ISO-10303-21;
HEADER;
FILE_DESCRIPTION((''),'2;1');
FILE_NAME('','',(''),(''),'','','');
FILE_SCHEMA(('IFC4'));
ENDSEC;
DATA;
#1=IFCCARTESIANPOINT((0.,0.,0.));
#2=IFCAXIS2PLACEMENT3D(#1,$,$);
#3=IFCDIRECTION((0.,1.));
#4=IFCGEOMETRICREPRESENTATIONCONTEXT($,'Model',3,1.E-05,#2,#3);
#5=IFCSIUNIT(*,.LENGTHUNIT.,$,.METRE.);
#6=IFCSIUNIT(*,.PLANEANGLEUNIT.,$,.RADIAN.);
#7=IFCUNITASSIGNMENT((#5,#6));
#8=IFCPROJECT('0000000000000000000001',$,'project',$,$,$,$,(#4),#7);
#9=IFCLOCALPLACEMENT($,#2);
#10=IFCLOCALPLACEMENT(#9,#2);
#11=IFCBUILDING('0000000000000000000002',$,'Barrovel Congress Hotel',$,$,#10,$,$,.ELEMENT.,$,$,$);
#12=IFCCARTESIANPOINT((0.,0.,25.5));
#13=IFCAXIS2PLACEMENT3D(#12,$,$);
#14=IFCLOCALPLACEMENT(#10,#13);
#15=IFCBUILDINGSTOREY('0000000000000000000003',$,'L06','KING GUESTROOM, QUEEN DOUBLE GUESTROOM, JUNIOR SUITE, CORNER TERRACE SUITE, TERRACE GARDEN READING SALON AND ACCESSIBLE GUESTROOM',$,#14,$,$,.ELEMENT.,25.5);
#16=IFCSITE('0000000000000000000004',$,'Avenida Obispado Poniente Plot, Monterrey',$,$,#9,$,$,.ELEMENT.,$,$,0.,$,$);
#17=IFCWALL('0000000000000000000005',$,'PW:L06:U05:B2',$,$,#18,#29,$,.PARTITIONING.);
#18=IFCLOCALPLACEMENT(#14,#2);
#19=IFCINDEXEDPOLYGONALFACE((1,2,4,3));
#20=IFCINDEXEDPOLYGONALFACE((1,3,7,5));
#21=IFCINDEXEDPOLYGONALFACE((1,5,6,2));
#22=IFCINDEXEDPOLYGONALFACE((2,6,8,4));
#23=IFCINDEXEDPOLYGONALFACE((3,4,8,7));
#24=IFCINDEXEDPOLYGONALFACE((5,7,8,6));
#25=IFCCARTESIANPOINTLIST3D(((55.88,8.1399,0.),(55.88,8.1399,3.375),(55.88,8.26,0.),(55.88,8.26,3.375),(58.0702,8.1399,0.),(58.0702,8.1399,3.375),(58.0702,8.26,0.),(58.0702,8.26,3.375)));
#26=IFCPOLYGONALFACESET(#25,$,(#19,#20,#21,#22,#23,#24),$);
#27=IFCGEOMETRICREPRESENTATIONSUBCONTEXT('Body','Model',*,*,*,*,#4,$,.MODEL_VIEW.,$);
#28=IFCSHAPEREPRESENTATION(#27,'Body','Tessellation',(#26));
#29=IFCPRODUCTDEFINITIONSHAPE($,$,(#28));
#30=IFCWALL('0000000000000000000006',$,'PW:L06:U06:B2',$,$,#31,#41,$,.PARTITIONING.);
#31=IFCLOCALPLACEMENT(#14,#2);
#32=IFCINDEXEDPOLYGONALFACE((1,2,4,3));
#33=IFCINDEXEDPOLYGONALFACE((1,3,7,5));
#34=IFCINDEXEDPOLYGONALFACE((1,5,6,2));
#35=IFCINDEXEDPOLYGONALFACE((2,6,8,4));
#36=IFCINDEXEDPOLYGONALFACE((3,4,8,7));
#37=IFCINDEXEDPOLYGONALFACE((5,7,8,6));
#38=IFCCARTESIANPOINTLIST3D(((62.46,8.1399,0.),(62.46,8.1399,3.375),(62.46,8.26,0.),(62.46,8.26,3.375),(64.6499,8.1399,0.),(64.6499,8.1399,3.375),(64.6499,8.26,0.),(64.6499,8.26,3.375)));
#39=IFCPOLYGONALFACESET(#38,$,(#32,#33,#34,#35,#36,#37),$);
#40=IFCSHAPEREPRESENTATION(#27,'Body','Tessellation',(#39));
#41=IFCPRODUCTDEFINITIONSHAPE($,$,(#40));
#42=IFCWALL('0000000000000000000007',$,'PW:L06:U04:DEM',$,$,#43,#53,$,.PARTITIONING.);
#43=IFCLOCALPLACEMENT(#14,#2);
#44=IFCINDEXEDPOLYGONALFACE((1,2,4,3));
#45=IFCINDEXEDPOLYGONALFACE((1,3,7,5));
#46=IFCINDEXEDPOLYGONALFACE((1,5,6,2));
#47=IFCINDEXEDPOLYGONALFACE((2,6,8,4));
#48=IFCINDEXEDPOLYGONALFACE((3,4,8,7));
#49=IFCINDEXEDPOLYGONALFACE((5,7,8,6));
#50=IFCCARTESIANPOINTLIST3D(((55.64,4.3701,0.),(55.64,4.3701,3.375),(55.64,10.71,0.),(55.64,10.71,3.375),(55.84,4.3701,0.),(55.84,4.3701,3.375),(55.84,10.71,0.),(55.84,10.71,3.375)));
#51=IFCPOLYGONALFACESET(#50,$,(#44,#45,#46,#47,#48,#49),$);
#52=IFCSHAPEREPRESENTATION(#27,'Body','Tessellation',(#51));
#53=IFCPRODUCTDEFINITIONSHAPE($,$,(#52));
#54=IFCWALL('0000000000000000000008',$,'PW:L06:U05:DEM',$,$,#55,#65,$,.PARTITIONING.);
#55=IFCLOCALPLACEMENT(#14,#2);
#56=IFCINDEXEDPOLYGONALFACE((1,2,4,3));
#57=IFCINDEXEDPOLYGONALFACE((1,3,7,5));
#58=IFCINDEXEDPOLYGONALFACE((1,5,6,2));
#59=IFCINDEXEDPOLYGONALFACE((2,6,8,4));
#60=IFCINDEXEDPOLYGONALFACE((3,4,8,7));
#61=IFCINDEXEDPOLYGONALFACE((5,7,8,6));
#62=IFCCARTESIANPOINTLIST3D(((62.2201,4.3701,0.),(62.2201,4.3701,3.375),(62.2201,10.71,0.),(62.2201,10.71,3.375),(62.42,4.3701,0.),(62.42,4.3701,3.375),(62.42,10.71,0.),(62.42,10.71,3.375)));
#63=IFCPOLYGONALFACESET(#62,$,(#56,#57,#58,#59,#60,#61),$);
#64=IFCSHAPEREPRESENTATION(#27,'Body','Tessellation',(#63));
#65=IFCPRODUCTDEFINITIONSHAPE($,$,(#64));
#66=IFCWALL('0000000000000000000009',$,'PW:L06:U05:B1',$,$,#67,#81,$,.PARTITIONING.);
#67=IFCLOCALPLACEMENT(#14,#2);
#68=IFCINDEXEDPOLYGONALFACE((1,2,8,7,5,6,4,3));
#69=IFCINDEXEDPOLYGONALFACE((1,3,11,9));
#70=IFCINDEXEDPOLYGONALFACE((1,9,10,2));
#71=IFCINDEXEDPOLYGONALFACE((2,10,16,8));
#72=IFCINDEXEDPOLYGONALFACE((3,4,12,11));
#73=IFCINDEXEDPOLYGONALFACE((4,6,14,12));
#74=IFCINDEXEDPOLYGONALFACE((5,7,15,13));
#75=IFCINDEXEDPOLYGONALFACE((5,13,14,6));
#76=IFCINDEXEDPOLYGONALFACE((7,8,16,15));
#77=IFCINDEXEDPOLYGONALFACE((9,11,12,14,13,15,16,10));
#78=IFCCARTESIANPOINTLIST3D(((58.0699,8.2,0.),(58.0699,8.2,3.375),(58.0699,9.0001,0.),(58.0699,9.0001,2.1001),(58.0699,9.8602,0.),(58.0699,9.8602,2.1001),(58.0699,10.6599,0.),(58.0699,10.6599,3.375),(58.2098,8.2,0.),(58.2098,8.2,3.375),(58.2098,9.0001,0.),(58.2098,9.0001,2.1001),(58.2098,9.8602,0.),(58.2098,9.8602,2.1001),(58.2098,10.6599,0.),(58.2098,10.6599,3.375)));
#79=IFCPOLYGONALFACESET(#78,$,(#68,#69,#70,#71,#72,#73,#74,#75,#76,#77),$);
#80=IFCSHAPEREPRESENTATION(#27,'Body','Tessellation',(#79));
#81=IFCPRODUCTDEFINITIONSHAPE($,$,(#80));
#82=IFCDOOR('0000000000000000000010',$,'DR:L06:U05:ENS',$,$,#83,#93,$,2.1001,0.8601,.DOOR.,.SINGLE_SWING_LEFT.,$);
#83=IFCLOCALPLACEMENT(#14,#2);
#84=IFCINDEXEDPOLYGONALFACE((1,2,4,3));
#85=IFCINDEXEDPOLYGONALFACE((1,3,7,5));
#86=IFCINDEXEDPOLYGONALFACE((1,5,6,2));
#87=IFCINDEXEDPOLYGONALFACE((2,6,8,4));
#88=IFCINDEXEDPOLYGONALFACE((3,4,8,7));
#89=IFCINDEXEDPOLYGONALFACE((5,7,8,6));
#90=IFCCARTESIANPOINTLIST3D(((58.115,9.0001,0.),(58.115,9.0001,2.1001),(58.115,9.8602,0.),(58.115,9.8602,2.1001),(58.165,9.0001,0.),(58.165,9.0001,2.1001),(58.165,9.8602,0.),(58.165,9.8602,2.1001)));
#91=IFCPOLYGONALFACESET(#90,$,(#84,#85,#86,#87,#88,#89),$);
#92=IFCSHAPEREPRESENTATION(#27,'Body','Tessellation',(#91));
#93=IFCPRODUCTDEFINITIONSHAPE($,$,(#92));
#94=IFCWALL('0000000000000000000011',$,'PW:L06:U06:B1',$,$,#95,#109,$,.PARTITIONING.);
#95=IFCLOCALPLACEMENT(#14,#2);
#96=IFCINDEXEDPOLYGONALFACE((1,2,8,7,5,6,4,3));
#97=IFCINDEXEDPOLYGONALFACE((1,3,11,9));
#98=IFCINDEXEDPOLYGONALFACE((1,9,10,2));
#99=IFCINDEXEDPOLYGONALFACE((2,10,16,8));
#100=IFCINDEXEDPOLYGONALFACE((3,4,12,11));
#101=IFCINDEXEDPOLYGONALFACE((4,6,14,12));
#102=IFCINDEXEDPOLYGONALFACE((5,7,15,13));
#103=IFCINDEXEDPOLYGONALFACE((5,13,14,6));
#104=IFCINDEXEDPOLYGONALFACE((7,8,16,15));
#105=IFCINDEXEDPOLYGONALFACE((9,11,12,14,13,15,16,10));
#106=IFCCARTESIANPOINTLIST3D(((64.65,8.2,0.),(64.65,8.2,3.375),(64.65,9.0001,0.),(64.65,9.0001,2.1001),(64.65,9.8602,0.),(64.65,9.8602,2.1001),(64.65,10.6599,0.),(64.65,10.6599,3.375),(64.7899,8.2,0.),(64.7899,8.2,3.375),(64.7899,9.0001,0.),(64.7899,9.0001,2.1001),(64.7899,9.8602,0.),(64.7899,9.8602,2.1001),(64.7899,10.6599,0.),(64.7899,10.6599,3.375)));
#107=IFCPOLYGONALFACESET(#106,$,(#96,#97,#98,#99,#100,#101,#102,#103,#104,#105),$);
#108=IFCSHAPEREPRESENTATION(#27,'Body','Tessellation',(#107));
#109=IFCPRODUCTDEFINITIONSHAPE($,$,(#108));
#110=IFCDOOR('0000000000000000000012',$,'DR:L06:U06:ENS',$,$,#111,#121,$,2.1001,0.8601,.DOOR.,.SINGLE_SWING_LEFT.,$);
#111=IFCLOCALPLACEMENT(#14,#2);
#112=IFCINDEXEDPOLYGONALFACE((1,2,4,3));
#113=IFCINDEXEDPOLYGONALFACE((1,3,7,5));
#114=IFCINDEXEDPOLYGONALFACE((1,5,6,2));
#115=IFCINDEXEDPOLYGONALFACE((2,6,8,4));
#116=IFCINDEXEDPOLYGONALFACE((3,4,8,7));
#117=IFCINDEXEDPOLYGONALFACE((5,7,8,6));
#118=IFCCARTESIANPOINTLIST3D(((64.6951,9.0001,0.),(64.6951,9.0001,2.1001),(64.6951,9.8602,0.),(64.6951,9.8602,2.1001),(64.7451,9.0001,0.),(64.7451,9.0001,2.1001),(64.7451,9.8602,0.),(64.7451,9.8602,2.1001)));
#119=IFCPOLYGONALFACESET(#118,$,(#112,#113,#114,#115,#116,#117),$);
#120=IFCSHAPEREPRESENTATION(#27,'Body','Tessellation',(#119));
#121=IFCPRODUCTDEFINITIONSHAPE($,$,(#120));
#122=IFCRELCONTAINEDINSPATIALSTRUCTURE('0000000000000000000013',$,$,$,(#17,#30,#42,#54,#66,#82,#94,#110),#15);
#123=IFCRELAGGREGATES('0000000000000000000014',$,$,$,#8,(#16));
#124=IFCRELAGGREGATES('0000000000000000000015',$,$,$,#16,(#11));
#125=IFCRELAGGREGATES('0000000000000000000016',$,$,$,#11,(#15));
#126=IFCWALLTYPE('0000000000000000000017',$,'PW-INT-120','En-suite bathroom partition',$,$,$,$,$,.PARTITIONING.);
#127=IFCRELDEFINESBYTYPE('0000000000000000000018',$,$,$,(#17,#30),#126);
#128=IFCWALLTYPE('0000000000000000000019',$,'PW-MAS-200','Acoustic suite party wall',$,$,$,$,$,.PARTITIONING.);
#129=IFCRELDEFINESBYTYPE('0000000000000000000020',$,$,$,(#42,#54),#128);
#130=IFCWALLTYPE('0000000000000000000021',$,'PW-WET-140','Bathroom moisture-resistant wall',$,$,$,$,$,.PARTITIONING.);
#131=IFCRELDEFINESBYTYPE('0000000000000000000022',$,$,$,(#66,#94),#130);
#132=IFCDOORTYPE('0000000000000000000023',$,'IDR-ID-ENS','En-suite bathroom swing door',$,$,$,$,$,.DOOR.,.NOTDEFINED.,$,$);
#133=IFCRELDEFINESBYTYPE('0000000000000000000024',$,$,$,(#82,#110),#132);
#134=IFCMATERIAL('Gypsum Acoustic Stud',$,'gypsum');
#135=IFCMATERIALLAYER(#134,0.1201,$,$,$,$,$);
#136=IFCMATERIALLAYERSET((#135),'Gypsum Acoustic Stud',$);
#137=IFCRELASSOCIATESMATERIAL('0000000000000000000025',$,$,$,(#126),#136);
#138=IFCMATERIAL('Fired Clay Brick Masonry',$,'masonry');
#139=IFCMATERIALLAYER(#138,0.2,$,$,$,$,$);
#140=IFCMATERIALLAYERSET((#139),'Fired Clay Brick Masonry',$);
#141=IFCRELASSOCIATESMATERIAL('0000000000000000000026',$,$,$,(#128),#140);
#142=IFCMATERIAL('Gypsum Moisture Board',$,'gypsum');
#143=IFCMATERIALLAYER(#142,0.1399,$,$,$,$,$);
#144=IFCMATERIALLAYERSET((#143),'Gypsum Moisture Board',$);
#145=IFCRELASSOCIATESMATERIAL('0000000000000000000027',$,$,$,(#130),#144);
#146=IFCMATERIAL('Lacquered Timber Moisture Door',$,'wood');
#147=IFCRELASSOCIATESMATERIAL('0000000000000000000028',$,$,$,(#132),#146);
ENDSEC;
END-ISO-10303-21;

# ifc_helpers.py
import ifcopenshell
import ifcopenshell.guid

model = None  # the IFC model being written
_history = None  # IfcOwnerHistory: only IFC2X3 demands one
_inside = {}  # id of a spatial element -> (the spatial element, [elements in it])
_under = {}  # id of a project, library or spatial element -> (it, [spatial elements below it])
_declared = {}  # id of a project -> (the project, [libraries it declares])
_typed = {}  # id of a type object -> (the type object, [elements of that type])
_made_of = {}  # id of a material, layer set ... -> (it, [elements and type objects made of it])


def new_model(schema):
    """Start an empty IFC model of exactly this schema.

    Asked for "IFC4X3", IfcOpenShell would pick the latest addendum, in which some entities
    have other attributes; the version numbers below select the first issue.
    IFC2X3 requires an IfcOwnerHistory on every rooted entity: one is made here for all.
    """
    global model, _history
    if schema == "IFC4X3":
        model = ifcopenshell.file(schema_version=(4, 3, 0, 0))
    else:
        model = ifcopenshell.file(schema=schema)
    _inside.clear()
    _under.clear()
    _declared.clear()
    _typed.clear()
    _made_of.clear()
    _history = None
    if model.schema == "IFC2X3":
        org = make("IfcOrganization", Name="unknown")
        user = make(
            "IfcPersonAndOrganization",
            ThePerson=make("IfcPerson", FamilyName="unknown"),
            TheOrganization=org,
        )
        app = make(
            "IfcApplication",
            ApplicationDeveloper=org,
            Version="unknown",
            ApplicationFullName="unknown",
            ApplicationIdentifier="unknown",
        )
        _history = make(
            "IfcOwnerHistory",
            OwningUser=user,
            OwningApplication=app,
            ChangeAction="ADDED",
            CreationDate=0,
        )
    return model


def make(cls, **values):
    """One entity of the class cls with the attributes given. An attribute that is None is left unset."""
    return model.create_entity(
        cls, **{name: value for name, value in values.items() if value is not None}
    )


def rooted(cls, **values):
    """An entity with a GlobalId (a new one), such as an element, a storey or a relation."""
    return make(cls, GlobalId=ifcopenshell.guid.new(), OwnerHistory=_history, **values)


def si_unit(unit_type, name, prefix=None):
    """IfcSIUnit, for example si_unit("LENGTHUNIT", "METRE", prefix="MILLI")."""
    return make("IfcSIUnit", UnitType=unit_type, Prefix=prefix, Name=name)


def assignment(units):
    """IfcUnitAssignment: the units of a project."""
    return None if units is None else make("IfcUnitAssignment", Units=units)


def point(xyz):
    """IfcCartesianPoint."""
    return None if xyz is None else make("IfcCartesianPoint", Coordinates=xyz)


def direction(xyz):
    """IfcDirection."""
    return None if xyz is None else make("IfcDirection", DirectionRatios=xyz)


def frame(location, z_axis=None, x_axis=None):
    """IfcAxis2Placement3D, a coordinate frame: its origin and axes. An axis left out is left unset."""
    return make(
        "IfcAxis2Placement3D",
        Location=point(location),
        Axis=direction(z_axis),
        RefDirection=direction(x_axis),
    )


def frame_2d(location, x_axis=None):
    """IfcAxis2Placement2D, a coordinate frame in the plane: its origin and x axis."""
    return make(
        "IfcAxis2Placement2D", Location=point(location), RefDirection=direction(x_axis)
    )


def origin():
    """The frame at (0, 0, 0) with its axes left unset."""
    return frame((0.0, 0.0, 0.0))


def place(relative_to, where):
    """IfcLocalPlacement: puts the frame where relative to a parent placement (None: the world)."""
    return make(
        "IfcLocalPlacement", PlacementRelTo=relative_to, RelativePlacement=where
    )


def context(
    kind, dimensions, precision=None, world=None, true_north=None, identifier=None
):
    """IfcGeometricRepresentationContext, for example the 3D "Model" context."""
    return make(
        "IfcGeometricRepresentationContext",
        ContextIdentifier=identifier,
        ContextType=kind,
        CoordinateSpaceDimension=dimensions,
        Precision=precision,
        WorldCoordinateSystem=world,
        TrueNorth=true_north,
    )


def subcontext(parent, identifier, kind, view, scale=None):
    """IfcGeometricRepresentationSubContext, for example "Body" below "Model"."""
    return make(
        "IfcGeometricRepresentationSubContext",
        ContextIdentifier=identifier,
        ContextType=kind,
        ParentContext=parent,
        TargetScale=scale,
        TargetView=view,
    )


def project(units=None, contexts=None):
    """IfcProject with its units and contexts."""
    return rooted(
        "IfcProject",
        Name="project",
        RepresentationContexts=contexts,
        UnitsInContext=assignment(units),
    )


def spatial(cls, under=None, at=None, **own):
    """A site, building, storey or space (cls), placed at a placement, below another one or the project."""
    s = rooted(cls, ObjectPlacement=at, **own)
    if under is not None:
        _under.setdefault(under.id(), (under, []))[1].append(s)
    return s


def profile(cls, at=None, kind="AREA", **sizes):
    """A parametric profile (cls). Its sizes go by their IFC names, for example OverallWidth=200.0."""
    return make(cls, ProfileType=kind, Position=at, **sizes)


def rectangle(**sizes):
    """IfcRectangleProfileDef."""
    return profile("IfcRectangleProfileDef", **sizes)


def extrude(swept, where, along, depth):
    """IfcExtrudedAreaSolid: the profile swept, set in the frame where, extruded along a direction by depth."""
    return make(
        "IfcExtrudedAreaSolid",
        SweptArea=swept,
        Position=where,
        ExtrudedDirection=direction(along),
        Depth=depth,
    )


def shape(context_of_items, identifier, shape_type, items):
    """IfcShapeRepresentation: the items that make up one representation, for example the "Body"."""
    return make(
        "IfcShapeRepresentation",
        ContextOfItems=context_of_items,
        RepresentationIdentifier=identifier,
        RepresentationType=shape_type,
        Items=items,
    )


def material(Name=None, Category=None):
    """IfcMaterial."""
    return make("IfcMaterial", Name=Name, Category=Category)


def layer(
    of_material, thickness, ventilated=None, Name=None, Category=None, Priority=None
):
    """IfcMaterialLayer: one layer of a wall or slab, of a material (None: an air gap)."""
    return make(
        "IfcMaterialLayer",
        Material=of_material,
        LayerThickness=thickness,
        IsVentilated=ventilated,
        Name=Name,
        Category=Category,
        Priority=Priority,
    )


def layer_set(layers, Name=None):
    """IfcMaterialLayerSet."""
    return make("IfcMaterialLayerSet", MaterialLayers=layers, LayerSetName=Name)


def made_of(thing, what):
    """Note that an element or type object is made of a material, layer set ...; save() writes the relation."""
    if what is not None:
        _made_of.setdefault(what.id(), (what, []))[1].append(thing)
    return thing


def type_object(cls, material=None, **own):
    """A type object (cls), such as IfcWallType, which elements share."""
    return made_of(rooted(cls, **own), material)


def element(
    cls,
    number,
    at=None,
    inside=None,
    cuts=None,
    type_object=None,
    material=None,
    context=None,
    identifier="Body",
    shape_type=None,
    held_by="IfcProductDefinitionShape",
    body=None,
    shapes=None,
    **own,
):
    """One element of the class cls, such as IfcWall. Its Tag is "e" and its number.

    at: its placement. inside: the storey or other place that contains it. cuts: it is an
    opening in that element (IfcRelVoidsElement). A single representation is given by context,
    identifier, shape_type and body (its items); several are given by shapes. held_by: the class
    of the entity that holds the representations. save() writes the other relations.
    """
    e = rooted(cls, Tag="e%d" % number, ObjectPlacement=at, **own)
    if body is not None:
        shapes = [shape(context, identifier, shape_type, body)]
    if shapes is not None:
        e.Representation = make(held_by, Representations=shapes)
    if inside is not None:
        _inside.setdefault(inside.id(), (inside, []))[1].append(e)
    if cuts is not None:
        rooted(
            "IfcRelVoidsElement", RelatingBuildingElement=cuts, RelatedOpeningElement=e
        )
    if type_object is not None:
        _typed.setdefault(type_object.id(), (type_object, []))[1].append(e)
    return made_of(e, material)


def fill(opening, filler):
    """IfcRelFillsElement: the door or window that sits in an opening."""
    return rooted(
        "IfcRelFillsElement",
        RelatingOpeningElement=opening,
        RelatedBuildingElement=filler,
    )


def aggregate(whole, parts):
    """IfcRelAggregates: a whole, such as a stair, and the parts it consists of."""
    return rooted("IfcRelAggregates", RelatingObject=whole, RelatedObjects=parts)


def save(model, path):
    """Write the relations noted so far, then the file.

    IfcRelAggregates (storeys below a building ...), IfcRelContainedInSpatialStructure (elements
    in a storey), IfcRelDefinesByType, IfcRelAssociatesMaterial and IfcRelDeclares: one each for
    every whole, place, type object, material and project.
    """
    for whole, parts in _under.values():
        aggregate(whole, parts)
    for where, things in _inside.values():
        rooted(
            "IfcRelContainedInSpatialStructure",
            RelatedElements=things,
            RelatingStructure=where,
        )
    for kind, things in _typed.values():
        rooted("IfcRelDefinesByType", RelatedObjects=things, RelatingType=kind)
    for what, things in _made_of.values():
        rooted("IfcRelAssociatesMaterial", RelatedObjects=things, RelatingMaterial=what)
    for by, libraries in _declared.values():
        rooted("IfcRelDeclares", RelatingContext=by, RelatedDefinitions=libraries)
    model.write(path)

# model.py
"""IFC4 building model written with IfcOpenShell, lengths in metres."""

from ifc_helpers import new_model, si_unit, direction, frame, frame_2d, origin, place, context, subcontext, project, spatial, rectangle, extrude, material, layer, layer_set, type_object, element, fill, save


model = new_model("IFC4")

# Units and contexts
model_context = context("Model", 3, precision=1e-05, world=origin(), true_north=direction((0.0, 1.0)))
body_context = subcontext(model_context, "Body", "Model", "MODEL_VIEW")
ifc_project = project(units=[si_unit("LENGTHUNIT", "METRE"), si_unit("PLANEANGLEUNIT", "RADIAN")], contexts=[model_context])

# Site, building, storey
site_placement = place(None, origin())
site = spatial("IfcSite", under=ifc_project, at=site_placement, Name="Avenida Obispado Poniente Plot, Monterrey", CompositionType="ELEMENT", RefElevation=0.0)
building_placement = place(site_placement, origin())
building = spatial("IfcBuilding", under=site, at=building_placement, Name="Barrovel Congress Hotel", CompositionType="ELEMENT")
storey_placement = place(building_placement, frame((0.0, 0.0, 25.5)))
storey = spatial("IfcBuildingStorey", under=building, at=storey_placement, Name="L06", Description="KING GUESTROOM, QUEEN DOUBLE GUESTROOM, JUNIOR SUITE, CORNER TERRACE SUITE, TERRACE GARDEN READING SALON AND ACCESSIBLE GUESTROOM", CompositionType="ELEMENT", Elevation=25.5)

# Shared definitions
ifc_material_1 = material(Name="Fired Clay Brick Masonry", Category="masonry")

# Shared definitions
ifc_material_2 = material(Name="Gypsum Acoustic Stud", Category="gypsum")

# Walls
ifc_layer_1 = layer(ifc_material_2, 0.1201)
ifc_layer_set_1 = layer_set([ifc_layer_1], Name="Gypsum Acoustic Stud")
wall_type_1 = type_object("IfcWallType", Name="PW-INT-120", Description="En-suite bathroom partition", PredefinedType="PARTITIONING", material=ifc_layer_set_1)
wall_1_placement = place(storey_placement, frame((55.8799, 8.2, 0.0), z_axis=(0.0, 0.0, 1.0), x_axis=(1.0, 0.0, 0.0)))
element("IfcWall", 1, at=wall_1_placement, inside=storey, type_object=wall_type_1, Name="PW:L06:U05:B2", PredefinedType="PARTITIONING", context=body_context, shape_type="SweptSolid", body=[
    extrude(rectangle(XDim=2.1902, YDim=0.1201, at=frame_2d((1.0952, 0.0))), origin(), (0.0, 0.0, 1.0), 3.375),
])
wall_2_placement = place(storey_placement, frame((62.46, 8.2, 0.0), z_axis=(0.0, 0.0, 1.0), x_axis=(1.0, 0.0, 0.0)))
element("IfcWall", 2, at=wall_2_placement, inside=storey, type_object=wall_type_1, Name="PW:L06:U06:B2", PredefinedType="PARTITIONING", context=body_context, shape_type="SweptSolid", body=[
    extrude(rectangle(XDim=2.1899, YDim=0.1201, at=frame_2d((1.095, 0.0))), origin(), (0.0, 0.0, 1.0), 3.375),
])
ifc_layer_2 = layer(ifc_material_1, 0.2)
ifc_layer_set_2 = layer_set([ifc_layer_2], Name="Fired Clay Brick Masonry")
wall_type_2 = type_object("IfcWallType", Name="PW-MAS-200", Description="Acoustic suite party wall", PredefinedType="PARTITIONING", material=ifc_layer_set_2)
for number, where, z_axis, x_axis, name in (
    (3, (55.74, 4.3701, 0.0), (0.0, 0.0, 1.0), (0.0, 1.0, 0.0), "PW:L06:U04:DEM"),
    (4, (62.3201, 4.3701, 0.0), (0.0, 0.0, 1.0), (0.0, 1.0, 0.0), "PW:L06:U05:DEM"),
):
    element("IfcWall", number, at=place(storey_placement, frame(where, z_axis=z_axis, x_axis=x_axis)), inside=storey, type_object=wall_type_2, Name=name, PredefinedType="PARTITIONING", context=body_context, shape_type="SweptSolid", body=[
        extrude(rectangle(XDim=6.3398, YDim=0.2, at=frame_2d((3.1699, 0.0))), origin(), (0.0, 0.0, 1.0), 3.375),
    ])

# Walls, openings, doors
ifc_material_3 = material(Name="Gypsum Moisture Board", Category="gypsum")
ifc_layer_3 = layer(ifc_material_3, 0.1399)
ifc_layer_set_3 = layer_set([ifc_layer_3], Name="Gypsum Moisture Board")
wall_type_3 = type_object("IfcWallType", Name="PW-WET-140", Description="Bathroom moisture-resistant wall", PredefinedType="PARTITIONING", material=ifc_layer_set_3)
wall_3_placement = place(storey_placement, frame((58.1399, 8.2, 0.0), z_axis=(0.0, 0.0, 1.0), x_axis=(0.0, 1.0, 0.0)))
wall_3 = element("IfcWall", 5, at=wall_3_placement, inside=storey, type_object=wall_type_3, Name="PW:L06:U05:B1", PredefinedType="PARTITIONING", context=body_context, shape_type="SweptSolid", body=[
    extrude(rectangle(XDim=2.46, YDim=0.1399, at=frame_2d((1.23, 0.0))), origin(), (0.0, 0.0, 1.0), 3.375),
])
opening_1_placement = place(wall_3_placement, frame((0.8, 0.0, 0.0)))
opening_1 = element("IfcOpeningElement", 6, at=opening_1_placement, cuts=wall_3, PredefinedType="OPENING", context=body_context, shape_type="SweptSolid", body=[
    extrude(rectangle(XDim=0.8601, YDim=2.1001, at=frame_2d((0.4302, 1.05))), frame((0.0, 0.0801, 0.0), z_axis=(0.0, -1.0, 0.0), x_axis=(1.0, 0.0, 0.0)), (0.0, 0.0, 1.0), 0.1599),
])
ifc_material_4 = material(Name="Lacquered Timber Moisture Door", Category="wood")
door_type_1 = type_object("IfcDoorType", Name="IDR-ID-ENS", Description="En-suite bathroom swing door", OperationType="NOTDEFINED", PredefinedType="DOOR", material=ifc_material_4)
door_1_placement = place(opening_1_placement, origin())
door_1 = element("IfcDoor", 7, at=door_1_placement, inside=storey, type_object=door_type_1, Name="DR:L06:U05:ENS", OperationType="SINGLE_SWING_LEFT", OverallHeight=2.1001, OverallWidth=0.8601, PredefinedType="DOOR", context=body_context, shape_type="SweptSolid", body=[
    extrude(rectangle(XDim=0.8601, YDim=2.1001, at=frame_2d((0.4302, 1.05))), frame((0.0, 0.0249, 0.0), z_axis=(0.0, -1.0, 0.0), x_axis=(1.0, 0.0, 0.0)), (0.0, 0.0, 1.0), 0.05),
])
fill(opening_1, door_1)
wall_4_placement = place(storey_placement, frame((64.72, 8.2, 0.0), z_axis=(0.0, 0.0, 1.0), x_axis=(0.0, 1.0, 0.0)))
wall_4 = element("IfcWall", 8, at=wall_4_placement, inside=storey, type_object=wall_type_3, Name="PW:L06:U06:B1", PredefinedType="PARTITIONING", context=body_context, shape_type="SweptSolid", body=[
    extrude(rectangle(XDim=2.46, YDim=0.1399, at=frame_2d((1.23, 0.0))), origin(), (0.0, 0.0, 1.0), 3.375),
])
opening_2_placement = place(wall_4_placement, frame((0.8, 0.0, 0.0)))
opening_2 = element("IfcOpeningElement", 9, at=opening_2_placement, cuts=wall_4, PredefinedType="OPENING", context=body_context, shape_type="SweptSolid", body=[
    extrude(rectangle(XDim=0.8601, YDim=2.1001, at=frame_2d((0.4302, 1.05))), frame((0.0, 0.0801, 0.0), z_axis=(0.0, -1.0, 0.0), x_axis=(1.0, 0.0, 0.0)), (0.0, 0.0, 1.0), 0.1599),
])
door_2_placement = place(opening_2_placement, origin())
door_2 = element("IfcDoor", 10, at=door_2_placement, inside=storey, type_object=door_type_1, Name="DR:L06:U06:ENS", OperationType="SINGLE_SWING_LEFT", OverallHeight=2.1001, OverallWidth=0.8601, PredefinedType="DOOR", context=body_context, shape_type="SweptSolid", body=[
    extrude(rectangle(XDim=0.8601, YDim=2.1001, at=frame_2d((0.4302, 1.05))), frame((0.0, 0.0249, 0.0), z_axis=(0.0, -1.0, 0.0), x_axis=(1.0, 0.0, 0.0)), (0.0, 0.0, 1.0), 0.05),
])
fill(opening_2, door_2)

save(model, "model.ifc")
